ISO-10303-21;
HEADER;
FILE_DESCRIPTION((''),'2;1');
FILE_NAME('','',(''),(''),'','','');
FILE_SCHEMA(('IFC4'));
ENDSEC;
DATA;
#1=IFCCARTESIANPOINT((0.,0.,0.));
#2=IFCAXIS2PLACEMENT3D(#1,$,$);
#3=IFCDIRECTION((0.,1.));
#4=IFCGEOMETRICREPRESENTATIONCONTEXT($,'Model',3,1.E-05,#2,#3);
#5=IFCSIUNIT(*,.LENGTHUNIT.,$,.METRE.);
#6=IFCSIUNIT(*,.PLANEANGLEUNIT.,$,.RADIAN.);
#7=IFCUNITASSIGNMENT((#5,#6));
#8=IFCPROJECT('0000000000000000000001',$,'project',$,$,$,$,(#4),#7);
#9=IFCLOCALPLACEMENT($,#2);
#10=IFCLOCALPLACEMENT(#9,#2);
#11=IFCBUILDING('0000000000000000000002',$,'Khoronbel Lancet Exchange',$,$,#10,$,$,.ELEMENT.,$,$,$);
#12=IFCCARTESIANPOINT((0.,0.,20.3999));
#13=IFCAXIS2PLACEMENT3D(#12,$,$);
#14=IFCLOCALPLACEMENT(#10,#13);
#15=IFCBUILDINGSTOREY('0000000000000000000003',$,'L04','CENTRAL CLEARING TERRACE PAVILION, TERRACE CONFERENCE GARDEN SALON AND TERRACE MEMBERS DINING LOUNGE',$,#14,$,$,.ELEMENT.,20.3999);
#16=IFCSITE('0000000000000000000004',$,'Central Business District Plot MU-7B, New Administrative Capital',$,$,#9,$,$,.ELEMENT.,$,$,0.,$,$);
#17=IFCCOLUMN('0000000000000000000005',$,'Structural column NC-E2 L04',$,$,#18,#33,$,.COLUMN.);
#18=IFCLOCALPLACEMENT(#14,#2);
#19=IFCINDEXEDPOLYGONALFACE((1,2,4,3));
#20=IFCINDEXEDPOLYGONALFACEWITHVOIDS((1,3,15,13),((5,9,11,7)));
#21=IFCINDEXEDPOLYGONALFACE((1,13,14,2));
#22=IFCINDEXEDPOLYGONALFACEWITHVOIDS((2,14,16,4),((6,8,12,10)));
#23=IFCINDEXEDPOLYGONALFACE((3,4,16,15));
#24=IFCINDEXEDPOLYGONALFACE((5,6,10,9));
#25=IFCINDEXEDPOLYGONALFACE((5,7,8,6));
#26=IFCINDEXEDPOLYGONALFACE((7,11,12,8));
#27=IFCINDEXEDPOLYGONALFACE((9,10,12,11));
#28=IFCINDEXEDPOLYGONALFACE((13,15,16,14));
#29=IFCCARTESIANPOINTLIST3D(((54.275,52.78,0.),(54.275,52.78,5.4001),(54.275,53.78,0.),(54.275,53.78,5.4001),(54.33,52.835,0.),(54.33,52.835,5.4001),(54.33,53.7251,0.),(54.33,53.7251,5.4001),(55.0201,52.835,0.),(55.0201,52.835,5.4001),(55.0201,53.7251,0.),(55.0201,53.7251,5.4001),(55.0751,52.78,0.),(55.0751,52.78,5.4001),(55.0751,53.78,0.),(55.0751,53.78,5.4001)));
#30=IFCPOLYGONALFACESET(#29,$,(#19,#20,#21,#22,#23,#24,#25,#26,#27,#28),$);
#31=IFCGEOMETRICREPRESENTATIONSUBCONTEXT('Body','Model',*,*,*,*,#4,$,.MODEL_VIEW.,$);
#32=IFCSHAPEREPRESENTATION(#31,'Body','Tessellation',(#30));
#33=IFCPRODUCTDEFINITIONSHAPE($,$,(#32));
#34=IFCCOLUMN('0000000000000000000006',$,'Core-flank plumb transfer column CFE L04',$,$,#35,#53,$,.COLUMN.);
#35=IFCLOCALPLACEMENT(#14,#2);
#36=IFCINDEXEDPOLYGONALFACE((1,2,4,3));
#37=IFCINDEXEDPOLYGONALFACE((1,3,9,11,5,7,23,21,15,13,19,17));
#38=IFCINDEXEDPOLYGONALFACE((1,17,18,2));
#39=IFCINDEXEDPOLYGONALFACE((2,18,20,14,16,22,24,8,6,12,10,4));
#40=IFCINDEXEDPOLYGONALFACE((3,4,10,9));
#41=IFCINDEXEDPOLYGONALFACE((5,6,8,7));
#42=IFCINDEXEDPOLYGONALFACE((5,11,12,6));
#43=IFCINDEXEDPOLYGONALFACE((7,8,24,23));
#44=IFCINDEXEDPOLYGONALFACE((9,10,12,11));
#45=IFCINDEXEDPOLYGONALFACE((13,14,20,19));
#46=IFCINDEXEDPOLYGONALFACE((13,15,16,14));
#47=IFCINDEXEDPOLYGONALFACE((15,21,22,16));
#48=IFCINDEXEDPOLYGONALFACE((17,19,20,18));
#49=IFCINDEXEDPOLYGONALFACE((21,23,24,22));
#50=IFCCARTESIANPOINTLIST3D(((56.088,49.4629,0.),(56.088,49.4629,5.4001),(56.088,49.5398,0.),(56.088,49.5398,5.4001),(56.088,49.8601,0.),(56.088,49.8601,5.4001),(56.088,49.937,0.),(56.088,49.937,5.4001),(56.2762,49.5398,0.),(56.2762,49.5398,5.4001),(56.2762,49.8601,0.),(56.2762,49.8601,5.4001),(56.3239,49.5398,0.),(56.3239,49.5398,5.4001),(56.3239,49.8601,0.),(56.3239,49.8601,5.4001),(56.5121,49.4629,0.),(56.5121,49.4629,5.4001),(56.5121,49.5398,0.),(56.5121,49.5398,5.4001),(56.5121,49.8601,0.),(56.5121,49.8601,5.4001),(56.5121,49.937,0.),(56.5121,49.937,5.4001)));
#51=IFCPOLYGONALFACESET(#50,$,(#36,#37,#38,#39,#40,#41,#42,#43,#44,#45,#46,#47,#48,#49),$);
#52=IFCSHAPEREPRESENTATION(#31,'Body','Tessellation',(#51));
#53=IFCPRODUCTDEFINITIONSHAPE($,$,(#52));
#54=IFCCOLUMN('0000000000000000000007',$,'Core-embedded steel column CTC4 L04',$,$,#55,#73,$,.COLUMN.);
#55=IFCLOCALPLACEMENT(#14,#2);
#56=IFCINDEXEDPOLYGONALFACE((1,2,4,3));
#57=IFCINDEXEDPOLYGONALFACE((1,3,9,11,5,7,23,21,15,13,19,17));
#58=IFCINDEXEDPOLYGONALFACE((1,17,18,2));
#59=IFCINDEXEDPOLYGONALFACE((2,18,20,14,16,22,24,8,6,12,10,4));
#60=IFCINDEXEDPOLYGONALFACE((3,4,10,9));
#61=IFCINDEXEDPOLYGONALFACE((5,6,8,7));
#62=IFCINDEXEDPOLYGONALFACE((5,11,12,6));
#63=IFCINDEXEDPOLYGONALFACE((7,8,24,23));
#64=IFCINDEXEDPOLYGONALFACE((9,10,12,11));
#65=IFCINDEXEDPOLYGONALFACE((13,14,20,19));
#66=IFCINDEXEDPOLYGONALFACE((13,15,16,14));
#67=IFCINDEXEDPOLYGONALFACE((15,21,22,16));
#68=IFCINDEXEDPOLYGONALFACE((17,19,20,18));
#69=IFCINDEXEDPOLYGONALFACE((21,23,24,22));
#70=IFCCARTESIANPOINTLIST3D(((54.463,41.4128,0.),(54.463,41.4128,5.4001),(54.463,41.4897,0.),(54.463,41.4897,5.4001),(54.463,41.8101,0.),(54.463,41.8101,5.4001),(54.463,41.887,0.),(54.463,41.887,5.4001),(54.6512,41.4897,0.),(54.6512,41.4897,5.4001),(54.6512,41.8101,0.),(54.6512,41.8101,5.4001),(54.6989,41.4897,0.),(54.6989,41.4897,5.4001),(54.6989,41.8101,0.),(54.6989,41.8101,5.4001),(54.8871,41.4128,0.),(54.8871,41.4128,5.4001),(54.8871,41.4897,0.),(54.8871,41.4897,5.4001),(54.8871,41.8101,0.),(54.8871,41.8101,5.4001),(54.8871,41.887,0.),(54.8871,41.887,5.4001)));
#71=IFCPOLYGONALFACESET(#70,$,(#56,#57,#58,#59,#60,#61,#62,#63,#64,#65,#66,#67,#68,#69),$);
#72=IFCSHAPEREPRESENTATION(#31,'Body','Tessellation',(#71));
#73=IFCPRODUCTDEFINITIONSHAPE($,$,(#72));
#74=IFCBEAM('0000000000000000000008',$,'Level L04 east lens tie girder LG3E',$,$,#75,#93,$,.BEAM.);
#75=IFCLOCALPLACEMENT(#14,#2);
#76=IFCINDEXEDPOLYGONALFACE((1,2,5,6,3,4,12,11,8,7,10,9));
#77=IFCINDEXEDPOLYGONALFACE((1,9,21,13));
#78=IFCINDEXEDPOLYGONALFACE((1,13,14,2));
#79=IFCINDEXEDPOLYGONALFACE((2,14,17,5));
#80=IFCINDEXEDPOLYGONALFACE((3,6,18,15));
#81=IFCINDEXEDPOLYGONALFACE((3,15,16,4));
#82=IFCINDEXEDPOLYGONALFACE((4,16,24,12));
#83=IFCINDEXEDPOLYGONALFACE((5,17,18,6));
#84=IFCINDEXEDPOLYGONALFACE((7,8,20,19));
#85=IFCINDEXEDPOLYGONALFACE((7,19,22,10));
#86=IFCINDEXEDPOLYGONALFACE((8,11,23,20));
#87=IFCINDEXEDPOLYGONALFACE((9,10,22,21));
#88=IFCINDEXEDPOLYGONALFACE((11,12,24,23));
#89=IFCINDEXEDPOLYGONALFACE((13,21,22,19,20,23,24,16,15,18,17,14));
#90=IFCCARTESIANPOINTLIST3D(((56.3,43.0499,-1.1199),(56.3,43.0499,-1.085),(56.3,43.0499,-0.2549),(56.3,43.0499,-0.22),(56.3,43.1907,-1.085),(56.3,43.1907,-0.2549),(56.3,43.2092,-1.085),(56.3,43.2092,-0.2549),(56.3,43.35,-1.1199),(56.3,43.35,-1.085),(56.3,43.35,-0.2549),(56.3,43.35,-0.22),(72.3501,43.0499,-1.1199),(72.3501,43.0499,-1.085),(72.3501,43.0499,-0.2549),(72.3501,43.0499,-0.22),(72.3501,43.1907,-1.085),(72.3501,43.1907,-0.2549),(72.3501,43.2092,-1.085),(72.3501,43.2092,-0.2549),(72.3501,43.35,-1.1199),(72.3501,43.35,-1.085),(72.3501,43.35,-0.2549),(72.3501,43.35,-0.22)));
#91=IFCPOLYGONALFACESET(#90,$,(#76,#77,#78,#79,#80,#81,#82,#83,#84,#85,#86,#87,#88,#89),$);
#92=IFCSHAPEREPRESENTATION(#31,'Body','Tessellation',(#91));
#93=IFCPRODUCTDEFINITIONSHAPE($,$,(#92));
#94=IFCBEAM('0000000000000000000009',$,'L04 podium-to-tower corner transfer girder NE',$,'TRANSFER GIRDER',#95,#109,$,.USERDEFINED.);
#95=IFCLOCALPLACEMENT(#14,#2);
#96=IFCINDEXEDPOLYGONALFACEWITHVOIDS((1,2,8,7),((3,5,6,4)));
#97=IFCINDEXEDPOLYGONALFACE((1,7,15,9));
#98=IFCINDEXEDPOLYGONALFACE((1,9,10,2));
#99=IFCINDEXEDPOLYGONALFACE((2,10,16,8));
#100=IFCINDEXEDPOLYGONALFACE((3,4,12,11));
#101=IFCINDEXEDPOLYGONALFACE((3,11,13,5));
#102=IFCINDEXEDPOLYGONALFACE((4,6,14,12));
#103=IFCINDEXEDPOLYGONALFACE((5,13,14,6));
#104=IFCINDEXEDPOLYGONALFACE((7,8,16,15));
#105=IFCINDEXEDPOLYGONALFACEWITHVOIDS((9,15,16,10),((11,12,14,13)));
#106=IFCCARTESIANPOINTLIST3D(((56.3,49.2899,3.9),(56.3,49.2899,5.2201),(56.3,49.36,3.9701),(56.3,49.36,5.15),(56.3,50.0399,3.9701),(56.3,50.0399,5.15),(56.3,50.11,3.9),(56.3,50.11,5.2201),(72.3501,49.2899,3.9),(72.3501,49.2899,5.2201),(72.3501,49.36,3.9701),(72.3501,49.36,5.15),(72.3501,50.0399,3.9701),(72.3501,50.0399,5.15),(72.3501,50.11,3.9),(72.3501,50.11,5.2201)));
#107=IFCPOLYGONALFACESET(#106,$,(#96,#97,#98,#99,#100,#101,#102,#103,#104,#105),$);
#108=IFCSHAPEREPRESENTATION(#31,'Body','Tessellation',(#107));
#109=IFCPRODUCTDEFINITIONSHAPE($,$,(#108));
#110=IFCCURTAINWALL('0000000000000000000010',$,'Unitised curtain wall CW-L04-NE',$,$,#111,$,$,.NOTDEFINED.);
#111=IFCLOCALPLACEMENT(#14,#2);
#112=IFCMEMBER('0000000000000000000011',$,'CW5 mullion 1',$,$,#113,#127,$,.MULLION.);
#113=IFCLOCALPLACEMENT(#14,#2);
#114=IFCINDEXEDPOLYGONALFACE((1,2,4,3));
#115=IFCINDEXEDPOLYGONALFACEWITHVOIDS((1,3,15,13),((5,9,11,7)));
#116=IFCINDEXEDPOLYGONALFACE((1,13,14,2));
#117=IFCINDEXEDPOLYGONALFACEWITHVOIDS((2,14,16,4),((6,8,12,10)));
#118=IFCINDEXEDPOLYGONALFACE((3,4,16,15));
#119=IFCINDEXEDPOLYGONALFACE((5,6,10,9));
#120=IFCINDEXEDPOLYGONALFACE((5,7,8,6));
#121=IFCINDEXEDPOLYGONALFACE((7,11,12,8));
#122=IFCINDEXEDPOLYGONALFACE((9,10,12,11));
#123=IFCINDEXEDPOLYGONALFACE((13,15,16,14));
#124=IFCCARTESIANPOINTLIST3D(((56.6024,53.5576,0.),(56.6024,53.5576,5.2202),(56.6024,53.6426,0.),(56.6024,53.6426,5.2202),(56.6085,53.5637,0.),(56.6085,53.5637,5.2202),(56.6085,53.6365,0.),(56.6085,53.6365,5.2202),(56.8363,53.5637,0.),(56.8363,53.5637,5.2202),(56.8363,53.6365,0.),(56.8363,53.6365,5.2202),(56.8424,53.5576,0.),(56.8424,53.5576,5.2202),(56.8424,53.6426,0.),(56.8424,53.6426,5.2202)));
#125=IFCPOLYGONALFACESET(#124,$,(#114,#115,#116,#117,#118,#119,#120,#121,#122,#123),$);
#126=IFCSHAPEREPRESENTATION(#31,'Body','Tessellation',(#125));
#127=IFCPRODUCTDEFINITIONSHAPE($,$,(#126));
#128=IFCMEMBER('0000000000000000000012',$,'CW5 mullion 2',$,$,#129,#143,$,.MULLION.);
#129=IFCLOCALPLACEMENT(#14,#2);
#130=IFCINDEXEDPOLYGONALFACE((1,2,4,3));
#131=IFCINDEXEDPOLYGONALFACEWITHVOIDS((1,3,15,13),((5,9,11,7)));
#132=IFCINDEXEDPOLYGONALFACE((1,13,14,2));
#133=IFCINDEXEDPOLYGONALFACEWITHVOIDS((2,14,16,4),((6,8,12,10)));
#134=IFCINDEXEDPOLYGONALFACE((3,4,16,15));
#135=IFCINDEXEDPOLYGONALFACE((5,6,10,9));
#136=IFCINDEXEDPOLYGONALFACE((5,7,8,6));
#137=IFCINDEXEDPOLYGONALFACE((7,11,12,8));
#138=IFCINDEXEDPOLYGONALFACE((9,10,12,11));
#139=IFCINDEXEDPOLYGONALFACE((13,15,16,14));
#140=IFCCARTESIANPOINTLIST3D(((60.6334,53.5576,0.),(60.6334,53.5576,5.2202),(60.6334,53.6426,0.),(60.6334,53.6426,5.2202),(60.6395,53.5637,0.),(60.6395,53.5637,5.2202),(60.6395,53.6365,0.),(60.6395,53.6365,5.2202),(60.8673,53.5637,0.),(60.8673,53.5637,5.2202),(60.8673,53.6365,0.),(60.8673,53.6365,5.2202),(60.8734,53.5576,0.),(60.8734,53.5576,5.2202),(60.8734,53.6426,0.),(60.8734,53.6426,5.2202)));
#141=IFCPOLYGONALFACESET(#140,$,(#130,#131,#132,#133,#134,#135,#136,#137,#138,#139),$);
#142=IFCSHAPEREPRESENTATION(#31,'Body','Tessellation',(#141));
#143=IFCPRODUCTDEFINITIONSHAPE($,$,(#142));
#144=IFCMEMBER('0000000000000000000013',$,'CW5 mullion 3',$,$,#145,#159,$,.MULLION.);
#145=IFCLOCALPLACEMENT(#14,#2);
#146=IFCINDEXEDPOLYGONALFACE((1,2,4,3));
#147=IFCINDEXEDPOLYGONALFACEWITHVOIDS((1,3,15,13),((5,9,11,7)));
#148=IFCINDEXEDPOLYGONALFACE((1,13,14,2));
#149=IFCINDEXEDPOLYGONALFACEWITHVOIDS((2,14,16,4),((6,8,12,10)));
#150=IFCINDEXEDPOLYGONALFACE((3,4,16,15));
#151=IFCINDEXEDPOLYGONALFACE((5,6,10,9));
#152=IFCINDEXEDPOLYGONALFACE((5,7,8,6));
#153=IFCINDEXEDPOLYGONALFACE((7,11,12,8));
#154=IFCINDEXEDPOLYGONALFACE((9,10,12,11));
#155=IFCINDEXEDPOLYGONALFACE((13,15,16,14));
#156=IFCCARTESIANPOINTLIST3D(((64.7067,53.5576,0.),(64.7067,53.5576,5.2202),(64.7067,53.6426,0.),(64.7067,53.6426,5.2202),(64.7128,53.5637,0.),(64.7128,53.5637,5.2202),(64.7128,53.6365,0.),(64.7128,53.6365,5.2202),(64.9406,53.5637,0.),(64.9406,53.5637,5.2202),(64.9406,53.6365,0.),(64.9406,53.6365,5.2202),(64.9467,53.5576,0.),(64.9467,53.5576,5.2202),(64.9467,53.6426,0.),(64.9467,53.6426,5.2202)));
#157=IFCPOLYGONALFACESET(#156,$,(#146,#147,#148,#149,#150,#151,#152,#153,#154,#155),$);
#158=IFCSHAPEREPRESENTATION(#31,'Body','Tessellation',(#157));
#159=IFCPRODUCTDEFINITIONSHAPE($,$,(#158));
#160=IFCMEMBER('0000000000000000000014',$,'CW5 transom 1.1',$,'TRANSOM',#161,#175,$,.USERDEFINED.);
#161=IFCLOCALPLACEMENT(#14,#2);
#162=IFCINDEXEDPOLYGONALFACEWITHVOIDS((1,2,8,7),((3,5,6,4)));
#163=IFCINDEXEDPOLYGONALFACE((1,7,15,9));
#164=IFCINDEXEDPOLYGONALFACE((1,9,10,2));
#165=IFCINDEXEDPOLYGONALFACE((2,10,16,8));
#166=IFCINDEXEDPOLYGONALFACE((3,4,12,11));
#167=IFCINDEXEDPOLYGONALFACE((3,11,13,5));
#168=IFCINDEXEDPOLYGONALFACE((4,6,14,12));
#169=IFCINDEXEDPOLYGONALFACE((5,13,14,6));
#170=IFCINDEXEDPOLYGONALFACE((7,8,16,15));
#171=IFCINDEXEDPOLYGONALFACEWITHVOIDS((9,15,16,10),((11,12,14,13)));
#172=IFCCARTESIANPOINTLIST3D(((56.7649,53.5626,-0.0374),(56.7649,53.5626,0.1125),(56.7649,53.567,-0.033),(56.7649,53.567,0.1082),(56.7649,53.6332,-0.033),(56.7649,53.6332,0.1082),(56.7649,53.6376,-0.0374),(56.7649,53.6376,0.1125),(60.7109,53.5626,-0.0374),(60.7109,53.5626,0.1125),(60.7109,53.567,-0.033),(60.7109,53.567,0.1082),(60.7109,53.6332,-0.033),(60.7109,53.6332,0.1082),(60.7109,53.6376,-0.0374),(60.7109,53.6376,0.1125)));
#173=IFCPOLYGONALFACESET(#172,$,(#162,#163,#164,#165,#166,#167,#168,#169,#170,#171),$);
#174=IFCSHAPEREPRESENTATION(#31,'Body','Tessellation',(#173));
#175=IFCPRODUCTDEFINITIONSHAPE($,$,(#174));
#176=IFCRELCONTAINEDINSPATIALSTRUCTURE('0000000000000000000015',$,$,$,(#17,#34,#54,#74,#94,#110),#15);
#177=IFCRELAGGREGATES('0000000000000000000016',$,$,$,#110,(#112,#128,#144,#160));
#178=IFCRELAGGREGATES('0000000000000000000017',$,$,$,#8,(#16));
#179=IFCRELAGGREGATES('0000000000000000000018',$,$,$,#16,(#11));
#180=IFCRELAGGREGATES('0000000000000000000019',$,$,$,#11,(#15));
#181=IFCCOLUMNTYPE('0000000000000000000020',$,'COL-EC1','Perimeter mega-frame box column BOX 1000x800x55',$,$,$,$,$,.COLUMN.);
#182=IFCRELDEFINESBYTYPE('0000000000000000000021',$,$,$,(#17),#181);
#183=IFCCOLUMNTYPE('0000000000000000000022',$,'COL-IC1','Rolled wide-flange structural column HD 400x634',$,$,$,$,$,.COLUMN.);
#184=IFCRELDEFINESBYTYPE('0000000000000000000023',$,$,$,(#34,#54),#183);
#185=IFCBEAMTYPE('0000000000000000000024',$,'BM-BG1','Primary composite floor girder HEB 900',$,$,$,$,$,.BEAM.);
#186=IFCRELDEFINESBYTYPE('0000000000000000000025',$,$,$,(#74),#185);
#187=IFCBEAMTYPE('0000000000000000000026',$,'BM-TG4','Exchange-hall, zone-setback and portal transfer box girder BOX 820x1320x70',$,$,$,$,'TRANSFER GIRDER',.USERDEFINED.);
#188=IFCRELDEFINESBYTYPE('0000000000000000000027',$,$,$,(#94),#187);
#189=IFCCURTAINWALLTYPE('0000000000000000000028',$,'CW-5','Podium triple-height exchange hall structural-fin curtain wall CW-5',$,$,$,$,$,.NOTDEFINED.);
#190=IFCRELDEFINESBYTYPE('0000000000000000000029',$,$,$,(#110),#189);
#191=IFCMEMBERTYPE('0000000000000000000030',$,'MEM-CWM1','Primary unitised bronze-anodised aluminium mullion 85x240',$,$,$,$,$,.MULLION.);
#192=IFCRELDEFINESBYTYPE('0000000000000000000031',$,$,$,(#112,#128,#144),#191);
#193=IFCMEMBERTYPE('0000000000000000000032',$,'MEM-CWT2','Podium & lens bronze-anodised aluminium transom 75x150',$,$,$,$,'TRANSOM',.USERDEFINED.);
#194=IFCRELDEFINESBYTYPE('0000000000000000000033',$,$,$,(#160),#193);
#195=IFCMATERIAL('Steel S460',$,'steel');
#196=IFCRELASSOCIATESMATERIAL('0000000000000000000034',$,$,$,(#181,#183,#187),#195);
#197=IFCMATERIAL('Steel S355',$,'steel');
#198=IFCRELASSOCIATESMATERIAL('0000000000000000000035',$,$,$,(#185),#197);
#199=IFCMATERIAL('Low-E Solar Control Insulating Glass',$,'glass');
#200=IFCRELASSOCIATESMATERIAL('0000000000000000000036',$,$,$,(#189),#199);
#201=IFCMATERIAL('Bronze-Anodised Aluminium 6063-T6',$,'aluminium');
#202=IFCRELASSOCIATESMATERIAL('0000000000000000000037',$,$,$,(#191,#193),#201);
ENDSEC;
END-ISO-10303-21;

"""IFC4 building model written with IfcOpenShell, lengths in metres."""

from ifc_helpers import new_model, si_unit, direction, frame, origin, origin_2d, place, context, subcontext, project, spatial, hollow_rectangle, i_section, extrude, material, material_profile, profile_set, type_object, element, aggregate, save


model = new_model("IFC4")

# Units and contexts
model_context = context("Model", 3, precision=1e-05, world=origin(), true_north=direction((0.0, 1.0)))
body_context = subcontext(model_context, "Body", "Model", "MODEL_VIEW")
ifc_project = project(units=[si_unit("LENGTHUNIT", "METRE"), si_unit("PLANEANGLEUNIT", "RADIAN")], contexts=[model_context])

# Site, building, storey
site_placement = place(None, origin())
site = spatial("IfcSite", under=ifc_project, at=site_placement, Name="Central Business District Plot MU-7B, New Administrative Capital", CompositionType="ELEMENT", RefElevation=0.0)
building_placement = place(site_placement, origin())
building = spatial("IfcBuilding", under=site, at=building_placement, Name="Khoronbel Lancet Exchange", CompositionType="ELEMENT")
storey_placement = place(building_placement, frame((0.0, 0.0, 20.3999)))
storey = spatial("IfcBuildingStorey", under=building, at=storey_placement, Name="L04", Description="CENTRAL CLEARING TERRACE PAVILION, TERRACE CONFERENCE GARDEN SALON AND TERRACE MEMBERS DINING LOUNGE", CompositionType="ELEMENT", Elevation=20.3999)

# Columns
ifc_material_1 = material(Name="Steel S460", Category="steel")
ifc_material_profile_1 = material_profile(ifc_material_1, hollow_rectangle(XDim=0.8, YDim=1.0, WallThickness=0.0549, at=origin_2d()), Name="BOX 1000x800x55")
ifc_profile_set_1 = profile_set([ifc_material_profile_1], Name="Steel S460")
column_type_1 = type_object("IfcColumnType", Name="COL-EC1", Description="Perimeter mega-frame box column BOX 1000x800x55", PredefinedType="COLUMN", material=ifc_profile_set_1)
column_placement = place(storey_placement, frame((54.675, 53.28, 0.0), z_axis=(0.0, 0.0, 1.0), x_axis=(1.0, 0.0, 0.0)))
element("IfcColumn", 1, at=column_placement, inside=storey, type_object=column_type_1, Name="Structural column NC-E2 L04", PredefinedType="COLUMN", context=body_context, shape_type="SweptSolid", body=[
    extrude(hollow_rectangle(XDim=0.8, YDim=1.0, WallThickness=0.0549, at=origin_2d()), origin(), (0.0, 0.0, 1.0), 5.4001),
])
ifc_material_profile_2 = material_profile(ifc_material_1, i_section(OverallWidth=0.4241, OverallDepth=0.4741, WebThickness=0.0476, FlangeThickness=0.0769, at=origin_2d()), Name="HD 400x634")
ifc_profile_set_2 = profile_set([ifc_material_profile_2], Name="Steel S460")
column_type_2 = type_object("IfcColumnType", Name="COL-IC1", Description="Rolled wide-flange structural column HD 400x634", PredefinedType="COLUMN", material=ifc_profile_set_2)
for number, where, z_axis, x_axis, name in (
    (2, (56.3, 49.7, 0.0), (0.0, 0.0, 1.0), (1.0, 0.0, 0.0), "Core-flank plumb transfer column CFE L04"),
    (3, (54.675, 41.6499, 0.0), (0.0, 0.0, 1.0), (1.0, 0.0, 0.0), "Core-embedded steel column CTC4 L04"),
):
    element("IfcColumn", number, at=place(storey_placement, frame(where, z_axis=z_axis, x_axis=x_axis)), inside=storey, type_object=column_type_2, Name=name, PredefinedType="COLUMN", context=body_context, shape_type="SweptSolid", body=[
        extrude(i_section(OverallWidth=0.4241, OverallDepth=0.4741, WebThickness=0.0476, FlangeThickness=0.0769, at=origin_2d()), origin(), (0.0, 0.0, 1.0), 5.4001),
    ])

# Beams
ifc_material_2 = material(Name="Steel S355", Category="steel")
ifc_material_profile_3 = material_profile(ifc_material_2, i_section(OverallWidth=0.3, OverallDepth=0.8999, WebThickness=0.0186, FlangeThickness=0.0349, at=origin_2d()), Name="HEB 900")
ifc_profile_set_3 = profile_set([ifc_material_profile_3], Name="Steel S355")
beam_type_1 = type_object("IfcBeamType", Name="BM-BG1", Description="Primary composite floor girder HEB 900", PredefinedType="BEAM", material=ifc_profile_set_3)
beam_1_placement = place(storey_placement, frame((56.3, 43.2, -0.6699), z_axis=(1.0, 0.0, 0.0), x_axis=(0.0, 1.0, 0.0)))
element("IfcBeam", 4, at=beam_1_placement, inside=storey, type_object=beam_type_1, Name="Level L04 east lens tie girder LG3E", PredefinedType="BEAM", context=body_context, shape_type="SweptSolid", body=[
    extrude(i_section(OverallWidth=0.3, OverallDepth=0.8999, WebThickness=0.0186, FlangeThickness=0.0349, at=origin_2d()), origin(), (0.0, 0.0, 1.0), 16.05),
])
ifc_material_profile_4 = material_profile(ifc_material_1, hollow_rectangle(XDim=0.8201, YDim=1.3201, WallThickness=0.0701, at=origin_2d()), Name="BOX 820x1320x70")
ifc_profile_set_4 = profile_set([ifc_material_profile_4], Name="Steel S460")
beam_type_2 = type_object("IfcBeamType", Name="BM-TG4", Description="Exchange-hall, zone-setback and portal transfer box girder BOX 820x1320x70", ElementType="TRANSFER GIRDER", PredefinedType="USERDEFINED", material=ifc_profile_set_4)
beam_2_placement = place(storey_placement, frame((56.3, 49.7, 4.5601), z_axis=(1.0, 0.0, 0.0), x_axis=(0.0, 1.0, 0.0)))
element("IfcBeam", 5, at=beam_2_placement, inside=storey, type_object=beam_type_2, Name="L04 podium-to-tower corner transfer girder NE", ObjectType="TRANSFER GIRDER", PredefinedType="USERDEFINED", context=body_context, shape_type="SweptSolid", body=[
    extrude(hollow_rectangle(XDim=0.8201, YDim=1.3201, WallThickness=0.0701, at=origin_2d()), origin(), (0.0, 0.0, 1.0), 16.05),
])

# Curtain wall, members
ifc_material_3 = material(Name="Low-E Solar Control Insulating Glass", Category="glass")
curtain_wall_type = type_object("IfcCurtainWallType", Name="CW-5", Description="Podium triple-height exchange hall structural-fin curtain wall CW-5", PredefinedType="NOTDEFINED", material=ifc_material_3)
curtain_wall_placement = place(storey_placement, origin())
curtain_wall = element("IfcCurtainWall", 6, at=curtain_wall_placement, inside=storey, type_object=curtain_wall_type, Name="Unitised curtain wall CW-L04-NE", PredefinedType="NOTDEFINED")
ifc_material_4 = material(Name="Bronze-Anodised Aluminium 6063-T6", Category="aluminium")
ifc_material_profile_5 = material_profile(ifc_material_4, hollow_rectangle(XDim=0.085, YDim=0.24, WallThickness=0.0061, at=origin_2d()), Name="ALU MULLION 85x240")
ifc_profile_set_5 = profile_set([ifc_material_profile_5], Name="Bronze-Anodised Aluminium 6063-T6")
member_type_1 = type_object("IfcMemberType", Name="MEM-CWM1", Description="Primary unitised bronze-anodised aluminium mullion 85x240", PredefinedType="MULLION", material=ifc_profile_set_5)
member_1_placement = place(storey_placement, frame((56.7224, 53.6001, 0.0), z_axis=(0.0, 0.0, 1.0), x_axis=(0.0, 1.0, 0.0)))
member_1 = element("IfcMember", 7, at=member_1_placement, type_object=member_type_1, Name="CW5 mullion 1", PredefinedType="MULLION", context=body_context, shape_type="SweptSolid", body=[
    extrude(hollow_rectangle(XDim=0.085, YDim=0.24, WallThickness=0.0061, at=origin_2d()), origin(), (0.0, 0.0, 1.0), 5.2202),
])
member_2_placement = place(storey_placement, frame((60.7534, 53.6001, 0.0), z_axis=(0.0, 0.0, 1.0), x_axis=(0.0, 1.0, 0.0)))
member_2 = element("IfcMember", 8, at=member_2_placement, type_object=member_type_1, Name="CW5 mullion 2", PredefinedType="MULLION", context=body_context, shape_type="SweptSolid", body=[
    extrude(hollow_rectangle(XDim=0.085, YDim=0.24, WallThickness=0.0061, at=origin_2d()), origin(), (0.0, 0.0, 1.0), 5.2202),
])
member_3_placement = place(storey_placement, frame((64.8267, 53.6001, 0.0), z_axis=(0.0, 0.0, 1.0), x_axis=(0.0, 1.0, 0.0)))
member_3 = element("IfcMember", 9, at=member_3_placement, type_object=member_type_1, Name="CW5 mullion 3", PredefinedType="MULLION", context=body_context, shape_type="SweptSolid", body=[
    extrude(hollow_rectangle(XDim=0.085, YDim=0.24, WallThickness=0.0061, at=origin_2d()), origin(), (0.0, 0.0, 1.0), 5.2202),
])
ifc_material_profile_6 = material_profile(ifc_material_4, hollow_rectangle(XDim=0.075, YDim=0.1499, WallThickness=0.0044, at=origin_2d()), Name="ALU TRANSOM 75x150")
ifc_profile_set_6 = profile_set([ifc_material_profile_6], Name="Bronze-Anodised Aluminium 6063-T6")
member_type_2 = type_object("IfcMemberType", Name="MEM-CWT2", Description="Podium & lens bronze-anodised aluminium transom 75x150", ElementType="TRANSOM", PredefinedType="USERDEFINED", material=ifc_profile_set_6)
member_4_placement = place(storey_placement, frame((56.7649, 53.6001, 0.0376), z_axis=(1.0, 0.0, 0.0), x_axis=(0.0, 1.0, 0.0)))
member_4 = element("IfcMember", 10, at=member_4_placement, type_object=member_type_2, Name="CW5 transom 1.1", ObjectType="TRANSOM", PredefinedType="USERDEFINED", context=body_context, shape_type="SweptSolid", body=[
    extrude(hollow_rectangle(XDim=0.075, YDim=0.1499, WallThickness=0.0044, at=origin_2d()), origin(), (0.0, 0.0, 1.0), 3.946),
])
aggregate(curtain_wall, [member_1, member_2, member_3, member_4])

save(model, "model.ifc")
